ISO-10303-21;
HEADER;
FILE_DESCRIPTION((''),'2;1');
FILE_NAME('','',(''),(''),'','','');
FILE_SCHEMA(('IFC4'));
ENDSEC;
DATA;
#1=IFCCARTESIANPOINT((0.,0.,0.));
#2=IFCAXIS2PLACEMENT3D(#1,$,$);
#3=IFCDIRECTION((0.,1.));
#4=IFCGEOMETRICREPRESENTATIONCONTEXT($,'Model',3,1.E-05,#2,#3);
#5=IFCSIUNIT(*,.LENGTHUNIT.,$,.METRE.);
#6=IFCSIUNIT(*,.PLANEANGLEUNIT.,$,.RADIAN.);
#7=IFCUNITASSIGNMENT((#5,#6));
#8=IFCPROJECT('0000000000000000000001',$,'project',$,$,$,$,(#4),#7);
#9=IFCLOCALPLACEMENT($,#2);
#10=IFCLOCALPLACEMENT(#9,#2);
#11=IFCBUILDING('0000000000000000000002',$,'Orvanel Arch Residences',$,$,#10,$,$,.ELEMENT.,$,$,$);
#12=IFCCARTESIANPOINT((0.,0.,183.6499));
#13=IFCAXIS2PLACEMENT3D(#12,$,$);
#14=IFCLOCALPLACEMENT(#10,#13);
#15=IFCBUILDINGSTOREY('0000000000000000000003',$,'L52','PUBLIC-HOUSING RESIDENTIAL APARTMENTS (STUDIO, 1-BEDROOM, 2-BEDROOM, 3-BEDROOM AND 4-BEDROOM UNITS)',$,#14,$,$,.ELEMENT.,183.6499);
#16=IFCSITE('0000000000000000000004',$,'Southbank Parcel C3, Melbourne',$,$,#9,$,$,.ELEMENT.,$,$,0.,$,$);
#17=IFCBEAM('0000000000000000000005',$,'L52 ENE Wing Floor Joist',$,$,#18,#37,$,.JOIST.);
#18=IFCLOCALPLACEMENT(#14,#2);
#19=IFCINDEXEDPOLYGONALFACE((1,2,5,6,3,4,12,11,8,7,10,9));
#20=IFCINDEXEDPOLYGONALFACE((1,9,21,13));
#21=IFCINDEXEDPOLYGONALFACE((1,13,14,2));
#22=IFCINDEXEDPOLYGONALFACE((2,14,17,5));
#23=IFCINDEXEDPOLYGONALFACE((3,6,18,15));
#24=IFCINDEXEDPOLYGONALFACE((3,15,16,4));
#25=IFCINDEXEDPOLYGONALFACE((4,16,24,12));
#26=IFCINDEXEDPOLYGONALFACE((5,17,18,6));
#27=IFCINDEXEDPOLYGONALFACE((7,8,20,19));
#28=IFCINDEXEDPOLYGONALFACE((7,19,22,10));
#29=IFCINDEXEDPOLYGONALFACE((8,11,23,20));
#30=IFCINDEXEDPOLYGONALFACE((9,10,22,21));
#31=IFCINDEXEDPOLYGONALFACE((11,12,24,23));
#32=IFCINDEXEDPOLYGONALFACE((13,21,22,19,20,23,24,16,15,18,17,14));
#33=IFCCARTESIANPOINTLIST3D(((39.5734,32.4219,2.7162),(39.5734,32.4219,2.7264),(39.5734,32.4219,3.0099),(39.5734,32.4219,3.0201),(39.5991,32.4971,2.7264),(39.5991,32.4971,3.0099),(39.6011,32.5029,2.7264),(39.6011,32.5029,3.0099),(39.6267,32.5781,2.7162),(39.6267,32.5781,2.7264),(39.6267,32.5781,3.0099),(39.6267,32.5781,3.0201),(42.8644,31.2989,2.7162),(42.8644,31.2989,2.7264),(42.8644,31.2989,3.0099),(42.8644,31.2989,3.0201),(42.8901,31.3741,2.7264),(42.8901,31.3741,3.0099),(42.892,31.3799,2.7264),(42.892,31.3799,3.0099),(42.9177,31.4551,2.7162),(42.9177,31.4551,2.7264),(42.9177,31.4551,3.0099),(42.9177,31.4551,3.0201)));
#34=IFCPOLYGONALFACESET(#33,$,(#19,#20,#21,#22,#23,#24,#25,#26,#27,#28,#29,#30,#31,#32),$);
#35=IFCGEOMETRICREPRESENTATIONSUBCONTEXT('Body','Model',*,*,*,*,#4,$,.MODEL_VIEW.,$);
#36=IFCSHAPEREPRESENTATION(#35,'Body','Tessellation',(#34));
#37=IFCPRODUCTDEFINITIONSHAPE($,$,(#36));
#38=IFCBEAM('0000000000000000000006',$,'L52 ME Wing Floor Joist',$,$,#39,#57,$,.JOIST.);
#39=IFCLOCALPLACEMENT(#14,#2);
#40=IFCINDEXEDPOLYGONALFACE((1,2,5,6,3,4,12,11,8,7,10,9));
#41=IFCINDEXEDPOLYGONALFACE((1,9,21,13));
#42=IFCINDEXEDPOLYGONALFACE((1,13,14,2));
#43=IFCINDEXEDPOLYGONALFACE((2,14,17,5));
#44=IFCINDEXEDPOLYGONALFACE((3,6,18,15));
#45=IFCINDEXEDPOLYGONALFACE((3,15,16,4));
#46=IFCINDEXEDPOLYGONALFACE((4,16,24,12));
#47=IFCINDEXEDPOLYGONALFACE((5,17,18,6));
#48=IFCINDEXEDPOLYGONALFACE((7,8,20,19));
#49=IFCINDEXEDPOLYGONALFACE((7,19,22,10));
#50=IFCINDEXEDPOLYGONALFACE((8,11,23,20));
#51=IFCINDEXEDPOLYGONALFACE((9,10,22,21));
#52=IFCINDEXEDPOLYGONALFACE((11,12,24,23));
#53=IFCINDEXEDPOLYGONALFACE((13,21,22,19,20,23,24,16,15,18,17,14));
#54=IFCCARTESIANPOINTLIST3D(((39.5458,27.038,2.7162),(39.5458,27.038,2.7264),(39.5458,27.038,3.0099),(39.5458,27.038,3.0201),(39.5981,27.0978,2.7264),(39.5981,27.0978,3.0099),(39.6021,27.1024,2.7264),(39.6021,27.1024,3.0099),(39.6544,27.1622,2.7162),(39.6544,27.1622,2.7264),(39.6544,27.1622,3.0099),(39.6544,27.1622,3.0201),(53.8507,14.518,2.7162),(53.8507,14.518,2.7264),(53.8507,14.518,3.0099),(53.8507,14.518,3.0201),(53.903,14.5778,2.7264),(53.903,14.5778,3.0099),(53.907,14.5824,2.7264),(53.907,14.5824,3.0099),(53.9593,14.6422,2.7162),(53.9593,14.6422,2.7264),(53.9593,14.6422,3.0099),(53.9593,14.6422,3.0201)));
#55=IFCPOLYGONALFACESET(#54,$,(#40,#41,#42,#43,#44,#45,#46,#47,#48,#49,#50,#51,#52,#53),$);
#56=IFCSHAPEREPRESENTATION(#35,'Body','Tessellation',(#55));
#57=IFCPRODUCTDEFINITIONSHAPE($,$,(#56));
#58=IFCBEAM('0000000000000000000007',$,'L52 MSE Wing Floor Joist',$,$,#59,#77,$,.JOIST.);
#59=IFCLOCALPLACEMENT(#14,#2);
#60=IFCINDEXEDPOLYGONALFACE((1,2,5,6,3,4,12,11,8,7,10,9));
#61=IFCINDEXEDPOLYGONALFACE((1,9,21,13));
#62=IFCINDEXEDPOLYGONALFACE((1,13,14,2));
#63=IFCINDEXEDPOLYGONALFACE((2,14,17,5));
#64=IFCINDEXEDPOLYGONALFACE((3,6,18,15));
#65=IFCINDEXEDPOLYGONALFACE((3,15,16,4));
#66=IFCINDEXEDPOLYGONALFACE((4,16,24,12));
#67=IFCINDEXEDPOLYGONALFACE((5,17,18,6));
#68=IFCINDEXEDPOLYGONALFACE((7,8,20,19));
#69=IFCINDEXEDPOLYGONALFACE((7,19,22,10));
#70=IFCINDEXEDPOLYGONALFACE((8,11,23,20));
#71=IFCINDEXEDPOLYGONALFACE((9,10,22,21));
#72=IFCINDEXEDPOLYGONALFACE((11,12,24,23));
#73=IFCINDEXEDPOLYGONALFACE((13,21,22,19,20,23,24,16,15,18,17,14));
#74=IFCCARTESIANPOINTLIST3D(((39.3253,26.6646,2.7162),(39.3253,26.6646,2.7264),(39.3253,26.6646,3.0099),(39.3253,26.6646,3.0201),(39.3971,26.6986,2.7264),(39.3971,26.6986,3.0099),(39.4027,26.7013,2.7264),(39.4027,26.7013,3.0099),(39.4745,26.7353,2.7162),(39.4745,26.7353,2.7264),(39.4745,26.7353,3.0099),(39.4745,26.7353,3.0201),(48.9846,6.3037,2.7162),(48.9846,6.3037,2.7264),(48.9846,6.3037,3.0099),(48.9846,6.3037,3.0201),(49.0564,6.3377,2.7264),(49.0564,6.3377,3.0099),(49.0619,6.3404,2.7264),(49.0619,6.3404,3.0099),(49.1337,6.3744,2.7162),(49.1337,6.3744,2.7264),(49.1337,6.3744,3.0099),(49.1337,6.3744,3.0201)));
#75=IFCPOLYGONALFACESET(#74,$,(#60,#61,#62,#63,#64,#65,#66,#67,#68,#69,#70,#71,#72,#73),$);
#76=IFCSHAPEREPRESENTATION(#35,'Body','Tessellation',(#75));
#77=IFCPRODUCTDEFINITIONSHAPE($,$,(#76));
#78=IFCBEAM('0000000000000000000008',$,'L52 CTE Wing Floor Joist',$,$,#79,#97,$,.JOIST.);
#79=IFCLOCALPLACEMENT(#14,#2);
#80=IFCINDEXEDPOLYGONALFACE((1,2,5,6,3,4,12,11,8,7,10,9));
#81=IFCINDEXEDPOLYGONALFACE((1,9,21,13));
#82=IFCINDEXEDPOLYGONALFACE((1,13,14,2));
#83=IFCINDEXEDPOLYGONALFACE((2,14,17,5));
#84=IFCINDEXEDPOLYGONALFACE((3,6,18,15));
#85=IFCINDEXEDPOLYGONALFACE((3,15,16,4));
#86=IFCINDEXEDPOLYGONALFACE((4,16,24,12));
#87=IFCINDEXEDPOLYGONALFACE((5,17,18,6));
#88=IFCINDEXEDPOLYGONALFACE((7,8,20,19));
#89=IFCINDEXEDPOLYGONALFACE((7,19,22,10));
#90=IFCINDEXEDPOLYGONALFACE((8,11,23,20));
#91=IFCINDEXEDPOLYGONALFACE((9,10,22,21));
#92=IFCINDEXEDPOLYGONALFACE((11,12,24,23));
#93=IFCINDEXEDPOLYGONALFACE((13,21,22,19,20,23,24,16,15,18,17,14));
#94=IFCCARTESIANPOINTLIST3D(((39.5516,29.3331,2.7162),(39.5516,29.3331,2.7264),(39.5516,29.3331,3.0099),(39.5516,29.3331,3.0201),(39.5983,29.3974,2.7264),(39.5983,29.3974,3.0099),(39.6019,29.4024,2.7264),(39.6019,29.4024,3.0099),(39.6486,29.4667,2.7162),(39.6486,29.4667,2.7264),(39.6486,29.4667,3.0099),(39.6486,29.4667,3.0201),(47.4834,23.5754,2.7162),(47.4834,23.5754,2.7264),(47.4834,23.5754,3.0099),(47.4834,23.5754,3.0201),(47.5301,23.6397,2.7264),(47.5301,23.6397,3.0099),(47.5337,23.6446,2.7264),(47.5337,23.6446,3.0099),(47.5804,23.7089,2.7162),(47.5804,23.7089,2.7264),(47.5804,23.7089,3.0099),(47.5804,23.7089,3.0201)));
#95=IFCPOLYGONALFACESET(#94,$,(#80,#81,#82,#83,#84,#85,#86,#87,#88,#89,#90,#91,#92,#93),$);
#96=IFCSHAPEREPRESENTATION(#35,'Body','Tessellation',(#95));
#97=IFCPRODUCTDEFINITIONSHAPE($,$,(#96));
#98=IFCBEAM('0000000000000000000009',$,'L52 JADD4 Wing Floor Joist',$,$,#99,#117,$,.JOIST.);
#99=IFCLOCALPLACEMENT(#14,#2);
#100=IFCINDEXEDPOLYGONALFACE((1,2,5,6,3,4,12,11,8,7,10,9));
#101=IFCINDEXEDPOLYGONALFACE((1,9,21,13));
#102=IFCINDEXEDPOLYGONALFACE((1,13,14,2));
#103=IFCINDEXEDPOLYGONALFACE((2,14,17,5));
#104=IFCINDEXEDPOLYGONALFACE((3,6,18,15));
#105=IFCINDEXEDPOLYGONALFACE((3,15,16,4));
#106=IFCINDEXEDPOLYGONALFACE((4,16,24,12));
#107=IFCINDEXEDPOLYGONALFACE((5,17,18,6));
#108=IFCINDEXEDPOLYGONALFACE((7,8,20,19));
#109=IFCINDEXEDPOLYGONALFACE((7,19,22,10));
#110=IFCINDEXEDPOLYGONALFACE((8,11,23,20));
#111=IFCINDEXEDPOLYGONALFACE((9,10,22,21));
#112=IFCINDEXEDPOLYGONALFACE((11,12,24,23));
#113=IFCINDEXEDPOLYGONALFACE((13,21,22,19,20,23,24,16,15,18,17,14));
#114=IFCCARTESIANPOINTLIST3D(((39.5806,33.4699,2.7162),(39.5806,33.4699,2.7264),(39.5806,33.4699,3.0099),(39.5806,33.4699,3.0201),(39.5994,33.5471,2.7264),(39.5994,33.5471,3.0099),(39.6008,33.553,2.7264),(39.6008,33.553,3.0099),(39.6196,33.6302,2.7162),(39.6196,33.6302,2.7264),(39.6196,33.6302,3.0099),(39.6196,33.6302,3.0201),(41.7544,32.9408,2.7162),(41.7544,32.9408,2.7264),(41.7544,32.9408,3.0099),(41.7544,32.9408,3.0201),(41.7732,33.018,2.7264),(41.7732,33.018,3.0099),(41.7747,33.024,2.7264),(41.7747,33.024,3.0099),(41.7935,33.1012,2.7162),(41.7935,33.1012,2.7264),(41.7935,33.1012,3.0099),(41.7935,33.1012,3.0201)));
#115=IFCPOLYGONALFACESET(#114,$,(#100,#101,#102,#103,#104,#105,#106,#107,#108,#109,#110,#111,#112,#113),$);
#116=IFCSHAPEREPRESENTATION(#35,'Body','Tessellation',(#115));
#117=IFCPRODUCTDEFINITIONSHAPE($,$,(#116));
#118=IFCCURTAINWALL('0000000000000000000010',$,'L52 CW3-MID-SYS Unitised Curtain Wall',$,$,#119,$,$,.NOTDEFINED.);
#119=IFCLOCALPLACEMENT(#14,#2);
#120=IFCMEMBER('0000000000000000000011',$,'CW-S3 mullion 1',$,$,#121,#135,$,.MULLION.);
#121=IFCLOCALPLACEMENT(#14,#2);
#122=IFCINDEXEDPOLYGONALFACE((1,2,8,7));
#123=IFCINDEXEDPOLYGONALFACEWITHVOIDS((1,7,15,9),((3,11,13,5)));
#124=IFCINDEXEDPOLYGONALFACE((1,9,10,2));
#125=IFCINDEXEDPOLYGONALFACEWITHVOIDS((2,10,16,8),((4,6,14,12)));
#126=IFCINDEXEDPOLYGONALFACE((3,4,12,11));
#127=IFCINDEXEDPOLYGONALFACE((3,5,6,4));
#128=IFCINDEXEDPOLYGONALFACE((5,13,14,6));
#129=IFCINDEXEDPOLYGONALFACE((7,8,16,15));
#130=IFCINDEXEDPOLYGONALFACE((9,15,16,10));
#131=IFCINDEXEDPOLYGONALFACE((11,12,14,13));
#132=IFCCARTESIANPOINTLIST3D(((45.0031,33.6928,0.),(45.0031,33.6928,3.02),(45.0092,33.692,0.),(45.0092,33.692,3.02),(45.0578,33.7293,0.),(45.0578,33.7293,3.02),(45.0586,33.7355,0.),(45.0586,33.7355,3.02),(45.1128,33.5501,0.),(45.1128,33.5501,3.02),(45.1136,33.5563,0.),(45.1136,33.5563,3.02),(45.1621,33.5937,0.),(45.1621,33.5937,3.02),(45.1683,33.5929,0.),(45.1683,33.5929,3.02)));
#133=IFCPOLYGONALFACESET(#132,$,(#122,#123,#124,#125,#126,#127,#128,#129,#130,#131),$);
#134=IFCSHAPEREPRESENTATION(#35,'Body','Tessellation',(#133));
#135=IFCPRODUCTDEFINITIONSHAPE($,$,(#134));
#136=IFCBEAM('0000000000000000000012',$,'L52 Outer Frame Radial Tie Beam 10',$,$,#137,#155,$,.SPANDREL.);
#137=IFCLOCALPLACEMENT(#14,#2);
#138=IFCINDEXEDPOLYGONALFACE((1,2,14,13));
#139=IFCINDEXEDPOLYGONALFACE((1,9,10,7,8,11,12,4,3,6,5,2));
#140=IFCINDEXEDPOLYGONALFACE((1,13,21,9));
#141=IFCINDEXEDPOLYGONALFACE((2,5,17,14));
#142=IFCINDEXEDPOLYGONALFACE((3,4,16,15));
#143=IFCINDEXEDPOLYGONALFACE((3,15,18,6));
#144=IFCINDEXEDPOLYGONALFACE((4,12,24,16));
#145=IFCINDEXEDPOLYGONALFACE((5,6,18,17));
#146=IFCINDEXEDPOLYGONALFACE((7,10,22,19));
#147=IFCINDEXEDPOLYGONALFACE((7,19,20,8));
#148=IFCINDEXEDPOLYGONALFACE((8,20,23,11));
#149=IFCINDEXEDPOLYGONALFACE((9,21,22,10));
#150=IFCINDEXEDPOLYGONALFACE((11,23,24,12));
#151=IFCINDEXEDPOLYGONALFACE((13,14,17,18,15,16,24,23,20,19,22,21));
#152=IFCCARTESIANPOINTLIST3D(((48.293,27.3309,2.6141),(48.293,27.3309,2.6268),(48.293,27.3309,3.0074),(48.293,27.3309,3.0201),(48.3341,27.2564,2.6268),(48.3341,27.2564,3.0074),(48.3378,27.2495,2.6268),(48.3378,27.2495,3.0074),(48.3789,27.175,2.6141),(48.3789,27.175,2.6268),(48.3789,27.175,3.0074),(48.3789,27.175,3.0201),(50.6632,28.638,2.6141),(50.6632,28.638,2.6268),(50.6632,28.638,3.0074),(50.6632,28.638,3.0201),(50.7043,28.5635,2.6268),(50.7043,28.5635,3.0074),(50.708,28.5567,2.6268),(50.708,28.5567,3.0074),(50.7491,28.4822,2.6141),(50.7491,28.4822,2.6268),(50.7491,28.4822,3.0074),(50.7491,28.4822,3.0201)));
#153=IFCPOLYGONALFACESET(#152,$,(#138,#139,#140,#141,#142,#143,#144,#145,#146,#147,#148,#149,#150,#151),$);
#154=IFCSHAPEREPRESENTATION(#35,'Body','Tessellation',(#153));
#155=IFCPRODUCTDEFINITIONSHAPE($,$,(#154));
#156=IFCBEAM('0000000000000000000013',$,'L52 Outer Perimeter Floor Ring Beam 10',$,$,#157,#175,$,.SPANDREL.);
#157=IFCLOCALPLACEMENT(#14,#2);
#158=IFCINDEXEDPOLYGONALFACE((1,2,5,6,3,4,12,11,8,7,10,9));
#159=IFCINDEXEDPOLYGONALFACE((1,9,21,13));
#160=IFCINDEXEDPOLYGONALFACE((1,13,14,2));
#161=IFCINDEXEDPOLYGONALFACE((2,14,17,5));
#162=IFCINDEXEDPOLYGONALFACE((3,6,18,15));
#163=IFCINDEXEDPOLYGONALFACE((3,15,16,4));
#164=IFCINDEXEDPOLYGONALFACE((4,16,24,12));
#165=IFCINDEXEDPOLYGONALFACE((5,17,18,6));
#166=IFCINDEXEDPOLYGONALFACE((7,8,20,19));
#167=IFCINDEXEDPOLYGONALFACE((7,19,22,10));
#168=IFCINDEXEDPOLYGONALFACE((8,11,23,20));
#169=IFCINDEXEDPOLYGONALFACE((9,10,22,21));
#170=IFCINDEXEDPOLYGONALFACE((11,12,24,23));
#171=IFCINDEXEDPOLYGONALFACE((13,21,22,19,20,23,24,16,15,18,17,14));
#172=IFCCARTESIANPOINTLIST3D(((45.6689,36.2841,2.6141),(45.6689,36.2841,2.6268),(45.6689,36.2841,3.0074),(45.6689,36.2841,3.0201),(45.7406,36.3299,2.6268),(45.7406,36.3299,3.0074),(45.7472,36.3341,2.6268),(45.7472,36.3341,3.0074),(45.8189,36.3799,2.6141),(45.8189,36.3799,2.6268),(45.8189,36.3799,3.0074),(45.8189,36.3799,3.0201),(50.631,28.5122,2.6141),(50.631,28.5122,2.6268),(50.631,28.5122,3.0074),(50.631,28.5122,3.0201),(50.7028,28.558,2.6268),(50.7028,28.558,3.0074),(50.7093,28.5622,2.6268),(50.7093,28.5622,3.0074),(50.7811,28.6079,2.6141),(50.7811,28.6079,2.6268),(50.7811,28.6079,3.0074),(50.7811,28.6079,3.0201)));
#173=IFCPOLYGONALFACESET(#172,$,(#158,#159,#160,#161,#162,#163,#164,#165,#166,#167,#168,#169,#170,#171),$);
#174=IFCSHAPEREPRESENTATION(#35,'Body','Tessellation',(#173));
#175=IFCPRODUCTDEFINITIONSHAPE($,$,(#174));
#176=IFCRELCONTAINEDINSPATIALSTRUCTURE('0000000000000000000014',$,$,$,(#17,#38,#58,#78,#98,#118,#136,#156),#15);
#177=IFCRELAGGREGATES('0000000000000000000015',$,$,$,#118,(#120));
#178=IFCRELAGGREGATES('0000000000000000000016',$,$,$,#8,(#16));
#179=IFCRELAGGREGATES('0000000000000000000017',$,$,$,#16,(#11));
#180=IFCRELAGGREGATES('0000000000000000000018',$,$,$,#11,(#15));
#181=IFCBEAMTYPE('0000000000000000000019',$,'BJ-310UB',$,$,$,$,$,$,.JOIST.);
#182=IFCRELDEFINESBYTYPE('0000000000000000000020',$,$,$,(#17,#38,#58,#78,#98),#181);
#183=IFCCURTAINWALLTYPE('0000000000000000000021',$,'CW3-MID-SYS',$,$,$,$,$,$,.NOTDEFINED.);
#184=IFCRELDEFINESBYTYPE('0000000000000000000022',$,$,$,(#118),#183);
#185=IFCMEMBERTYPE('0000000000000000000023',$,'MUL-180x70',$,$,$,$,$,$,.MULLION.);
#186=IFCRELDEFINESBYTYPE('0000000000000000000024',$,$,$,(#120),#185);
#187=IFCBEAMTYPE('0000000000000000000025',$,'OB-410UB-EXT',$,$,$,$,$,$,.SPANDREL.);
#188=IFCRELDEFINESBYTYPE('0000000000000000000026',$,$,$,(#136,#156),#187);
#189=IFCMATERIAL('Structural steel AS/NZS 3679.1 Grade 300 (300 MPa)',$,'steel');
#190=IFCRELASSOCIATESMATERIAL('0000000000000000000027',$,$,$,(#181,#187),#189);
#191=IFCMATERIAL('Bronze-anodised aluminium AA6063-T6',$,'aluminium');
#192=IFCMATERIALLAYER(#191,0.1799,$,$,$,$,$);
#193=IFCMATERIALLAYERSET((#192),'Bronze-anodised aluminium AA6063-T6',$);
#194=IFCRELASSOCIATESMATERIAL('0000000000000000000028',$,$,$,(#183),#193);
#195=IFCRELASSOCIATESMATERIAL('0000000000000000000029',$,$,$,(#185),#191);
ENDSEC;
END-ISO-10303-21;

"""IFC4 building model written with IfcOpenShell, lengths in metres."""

from ifc_helpers import new_model, si_unit, direction, frame, origin, origin_2d, place, context, subcontext, project, spatial, hollow_rectangle, i_section, extrude, material, layer, layer_set, material_profile, profile_set, type_object, element, aggregate, save


model = new_model("IFC4")

# Units and contexts
model_context = context("Model", 3, precision=1e-05, world=origin(), true_north=direction((0.0, 1.0)))
body_context = subcontext(model_context, "Body", "Model", "MODEL_VIEW")
ifc_project = project(units=[si_unit("LENGTHUNIT", "METRE"), si_unit("PLANEANGLEUNIT", "RADIAN")], contexts=[model_context])

# Site, building, storey
site_placement = place(None, origin())
site = spatial("IfcSite", under=ifc_project, at=site_placement, Name="Southbank Parcel C3, Melbourne", CompositionType="ELEMENT", RefElevation=0.0)
building_placement = place(site_placement, origin())
building = spatial("IfcBuilding", under=site, at=building_placement, Name="Orvanel Arch Residences", CompositionType="ELEMENT")
storey_placement = place(building_placement, frame((0.0, 0.0, 183.6499)))
storey = spatial("IfcBuildingStorey", under=building, at=storey_placement, Name="L52", Description="PUBLIC-HOUSING RESIDENTIAL APARTMENTS (STUDIO, 1-BEDROOM, 2-BEDROOM, 3-BEDROOM AND 4-BEDROOM UNITS)", CompositionType="ELEMENT", Elevation=183.6499)

# Beams
ifc_material_1 = material(Name="Structural steel AS/NZS 3679.1 Grade 300 (300 MPa)", Category="steel")
ifc_material_profile_1 = material_profile(ifc_material_1, i_section(OverallWidth=0.165, OverallDepth=0.304, WebThickness=0.0061, FlangeThickness=0.0103, at=origin_2d()), Name="310UB40.4")
ifc_profile_set_1 = profile_set([ifc_material_profile_1], Name="Structural steel AS/NZS 3679.1 Grade 300 (300 MPa)")
beam_type_1 = type_object("IfcBeamType", Name="BJ-310UB", PredefinedType="JOIST", material=ifc_profile_set_1)
beam_1_placement = place(storey_placement, frame((39.6001, 32.5, 2.8682), z_axis=(0.946413, -0.32296, 0.0), x_axis=(0.32296, 0.946413, 0.0)))
element("IfcBeam", 1, at=beam_1_placement, inside=storey, type_object=beam_type_1, Name="L52 ENE Wing Floor Joist", PredefinedType="JOIST", context=body_context, shape_type="SweptSolid", body=[
    extrude(i_section(OverallWidth=0.165, OverallDepth=0.304, WebThickness=0.0061, FlangeThickness=0.0103, at=origin_2d()), origin(), (0.0, 0.0, 1.0), 3.4773),
])
beam_2_placement = place(storey_placement, frame((39.6001, 27.1001, 2.8682), z_axis=(0.752493, -0.6586, 0.0), x_axis=(0.6586, 0.752493, 0.0)))
element("IfcBeam", 2, at=beam_2_placement, inside=storey, type_object=beam_type_1, Name="L52 ME Wing Floor Joist", PredefinedType="JOIST", context=body_context, shape_type="SweptSolid", body=[
    extrude(i_section(OverallWidth=0.165, OverallDepth=0.304, WebThickness=0.0061, FlangeThickness=0.0103, at=origin_2d()), origin(), (0.0, 0.0, 1.0), 19.01),
])
beam_3_placement = place(storey_placement, frame((39.3999, 26.7, 2.8682), z_axis=(0.428614, -0.903488, 0.0), x_axis=(0.903488, 0.428614, 0.0)))
element("IfcBeam", 3, at=beam_3_placement, inside=storey, type_object=beam_type_1, Name="L52 MSE Wing Floor Joist", PredefinedType="JOIST", context=body_context, shape_type="SweptSolid", body=[
    extrude(i_section(OverallWidth=0.165, OverallDepth=0.304, WebThickness=0.0061, FlangeThickness=0.0103, at=origin_2d()), origin(), (0.0, 0.0, 1.0), 22.5359),
])
beam_4_placement = place(storey_placement, frame((39.6001, 29.3999, 2.8682), z_axis=(0.809261, -0.587449, 0.0), x_axis=(0.587449, 0.809261, 0.0)))
element("IfcBeam", 4, at=beam_4_placement, inside=storey, type_object=beam_type_1, Name="L52 CTE Wing Floor Joist", PredefinedType="JOIST", context=body_context, shape_type="SweptSolid", body=[
    extrude(i_section(OverallWidth=0.165, OverallDepth=0.304, WebThickness=0.0061, FlangeThickness=0.0103, at=origin_2d()), origin(), (0.0, 0.0, 1.0), 9.8013),
])
beam_5_placement = place(storey_placement, frame((39.6001, 33.55, 2.8682), z_axis=(0.971638, -0.236471, 0.0), x_axis=(0.236471, 0.971638, 0.0)))
element("IfcBeam", 5, at=beam_5_placement, inside=storey, type_object=beam_type_1, Name="L52 JADD4 Wing Floor Joist", PredefinedType="JOIST", context=body_context, shape_type="SweptSolid", body=[
    extrude(i_section(OverallWidth=0.165, OverallDepth=0.304, WebThickness=0.0061, FlangeThickness=0.0103, at=origin_2d()), origin(), (0.0, 0.0, 1.0), 2.2373),
])

# Curtain wall, member
ifc_material_2 = material(Name="Bronze-anodised aluminium AA6063-T6", Category="aluminium")
ifc_layer_1 = layer(ifc_material_2, 0.1799)
ifc_layer_set_1 = layer_set([ifc_layer_1], Name="Bronze-anodised aluminium AA6063-T6")
curtain_wall_type = type_object("IfcCurtainWallType", Name="CW3-MID-SYS", PredefinedType="NOTDEFINED", material=ifc_layer_set_1)
curtain_wall_placement = place(storey_placement, origin())
curtain_wall = element("IfcCurtainWall", 6, at=curtain_wall_placement, inside=storey, type_object=curtain_wall_type, Name="L52 CW3-MID-SYS Unitised Curtain Wall", PredefinedType="NOTDEFINED")
ifc_material_profile_2 = material_profile(ifc_material_2, hollow_rectangle(XDim=0.0701, YDim=0.1799, WallThickness=0.0044, at=origin_2d()), Name="ALU180x70x4.5")
ifc_profile_set_2 = profile_set([ifc_material_profile_2], Name="Bronze-anodised aluminium AA6063-T6")
member_type_1 = type_object("IfcMemberType", Name="MUL-180x70", PredefinedType="MULLION", material=ifc_profile_set_2)
member_1_placement = place(storey_placement, frame((45.0857, 33.6428, 0.0), z_axis=(0.0, 0.0, 1.0), x_axis=(-0.792761, -0.609533, 0.0)))
member_1 = element("IfcMember", 7, at=member_1_placement, type_object=member_type_1, Name="CW-S3 mullion 1", PredefinedType="MULLION", context=body_context, shape_type="SweptSolid", body=[
    extrude(hollow_rectangle(XDim=0.0701, YDim=0.1799, WallThickness=0.0044, at=origin_2d()), origin(), (0.0, 0.0, 1.0), 3.02),
])

# Beams
ifc_material_profile_3 = material_profile(ifc_material_1, i_section(OverallWidth=0.178, OverallDepth=0.406, WebThickness=0.0078, FlangeThickness=0.0127, at=origin_2d()), Name="410UB59.7")
ifc_profile_set_3 = profile_set([ifc_material_profile_3], Name="Structural steel AS/NZS 3679.1 Grade 300 (300 MPa)")
beam_type_2 = type_object("IfcBeamType", Name="OB-410UB-EXT", PredefinedType="SPANDREL", material=ifc_profile_set_3)
beam_6_placement = place(storey_placement, frame((48.3359, 27.2529, 2.8171), z_axis=(0.875659, 0.482929, 0.0), x_axis=(-0.482929, 0.875659, 0.0)))
element("IfcBeam", 8, at=beam_6_placement, inside=storey, type_object=beam_type_2, Name="L52 Outer Frame Radial Tie Beam 10", PredefinedType="SPANDREL", context=body_context, shape_type="SweptSolid", body=[
    extrude(i_section(OverallWidth=0.178, OverallDepth=0.406, WebThickness=0.0078, FlangeThickness=0.0127, at=origin_2d()), origin(), (0.0, 0.0, 1.0), 2.7068),
])
beam_7_placement = place(storey_placement, frame((50.7061, 28.5601, 2.8171), z_axis=(-0.538138, 0.842857, 0.0), x_axis=(-0.842857, -0.538138, 0.0)))
element("IfcBeam", 9, at=beam_7_placement, inside=storey, type_object=beam_type_2, Name="L52 Outer Perimeter Floor Ring Beam 10", PredefinedType="SPANDREL", context=body_context, shape_type="SweptSolid", body=[
    extrude(i_section(OverallWidth=0.178, OverallDepth=0.406, WebThickness=0.0078, FlangeThickness=0.0127, at=origin_2d()), origin(), (0.0, 0.0, 1.0), 9.2209),
])

aggregate(curtain_wall, [member_1])

save(model, "model.ifc")
